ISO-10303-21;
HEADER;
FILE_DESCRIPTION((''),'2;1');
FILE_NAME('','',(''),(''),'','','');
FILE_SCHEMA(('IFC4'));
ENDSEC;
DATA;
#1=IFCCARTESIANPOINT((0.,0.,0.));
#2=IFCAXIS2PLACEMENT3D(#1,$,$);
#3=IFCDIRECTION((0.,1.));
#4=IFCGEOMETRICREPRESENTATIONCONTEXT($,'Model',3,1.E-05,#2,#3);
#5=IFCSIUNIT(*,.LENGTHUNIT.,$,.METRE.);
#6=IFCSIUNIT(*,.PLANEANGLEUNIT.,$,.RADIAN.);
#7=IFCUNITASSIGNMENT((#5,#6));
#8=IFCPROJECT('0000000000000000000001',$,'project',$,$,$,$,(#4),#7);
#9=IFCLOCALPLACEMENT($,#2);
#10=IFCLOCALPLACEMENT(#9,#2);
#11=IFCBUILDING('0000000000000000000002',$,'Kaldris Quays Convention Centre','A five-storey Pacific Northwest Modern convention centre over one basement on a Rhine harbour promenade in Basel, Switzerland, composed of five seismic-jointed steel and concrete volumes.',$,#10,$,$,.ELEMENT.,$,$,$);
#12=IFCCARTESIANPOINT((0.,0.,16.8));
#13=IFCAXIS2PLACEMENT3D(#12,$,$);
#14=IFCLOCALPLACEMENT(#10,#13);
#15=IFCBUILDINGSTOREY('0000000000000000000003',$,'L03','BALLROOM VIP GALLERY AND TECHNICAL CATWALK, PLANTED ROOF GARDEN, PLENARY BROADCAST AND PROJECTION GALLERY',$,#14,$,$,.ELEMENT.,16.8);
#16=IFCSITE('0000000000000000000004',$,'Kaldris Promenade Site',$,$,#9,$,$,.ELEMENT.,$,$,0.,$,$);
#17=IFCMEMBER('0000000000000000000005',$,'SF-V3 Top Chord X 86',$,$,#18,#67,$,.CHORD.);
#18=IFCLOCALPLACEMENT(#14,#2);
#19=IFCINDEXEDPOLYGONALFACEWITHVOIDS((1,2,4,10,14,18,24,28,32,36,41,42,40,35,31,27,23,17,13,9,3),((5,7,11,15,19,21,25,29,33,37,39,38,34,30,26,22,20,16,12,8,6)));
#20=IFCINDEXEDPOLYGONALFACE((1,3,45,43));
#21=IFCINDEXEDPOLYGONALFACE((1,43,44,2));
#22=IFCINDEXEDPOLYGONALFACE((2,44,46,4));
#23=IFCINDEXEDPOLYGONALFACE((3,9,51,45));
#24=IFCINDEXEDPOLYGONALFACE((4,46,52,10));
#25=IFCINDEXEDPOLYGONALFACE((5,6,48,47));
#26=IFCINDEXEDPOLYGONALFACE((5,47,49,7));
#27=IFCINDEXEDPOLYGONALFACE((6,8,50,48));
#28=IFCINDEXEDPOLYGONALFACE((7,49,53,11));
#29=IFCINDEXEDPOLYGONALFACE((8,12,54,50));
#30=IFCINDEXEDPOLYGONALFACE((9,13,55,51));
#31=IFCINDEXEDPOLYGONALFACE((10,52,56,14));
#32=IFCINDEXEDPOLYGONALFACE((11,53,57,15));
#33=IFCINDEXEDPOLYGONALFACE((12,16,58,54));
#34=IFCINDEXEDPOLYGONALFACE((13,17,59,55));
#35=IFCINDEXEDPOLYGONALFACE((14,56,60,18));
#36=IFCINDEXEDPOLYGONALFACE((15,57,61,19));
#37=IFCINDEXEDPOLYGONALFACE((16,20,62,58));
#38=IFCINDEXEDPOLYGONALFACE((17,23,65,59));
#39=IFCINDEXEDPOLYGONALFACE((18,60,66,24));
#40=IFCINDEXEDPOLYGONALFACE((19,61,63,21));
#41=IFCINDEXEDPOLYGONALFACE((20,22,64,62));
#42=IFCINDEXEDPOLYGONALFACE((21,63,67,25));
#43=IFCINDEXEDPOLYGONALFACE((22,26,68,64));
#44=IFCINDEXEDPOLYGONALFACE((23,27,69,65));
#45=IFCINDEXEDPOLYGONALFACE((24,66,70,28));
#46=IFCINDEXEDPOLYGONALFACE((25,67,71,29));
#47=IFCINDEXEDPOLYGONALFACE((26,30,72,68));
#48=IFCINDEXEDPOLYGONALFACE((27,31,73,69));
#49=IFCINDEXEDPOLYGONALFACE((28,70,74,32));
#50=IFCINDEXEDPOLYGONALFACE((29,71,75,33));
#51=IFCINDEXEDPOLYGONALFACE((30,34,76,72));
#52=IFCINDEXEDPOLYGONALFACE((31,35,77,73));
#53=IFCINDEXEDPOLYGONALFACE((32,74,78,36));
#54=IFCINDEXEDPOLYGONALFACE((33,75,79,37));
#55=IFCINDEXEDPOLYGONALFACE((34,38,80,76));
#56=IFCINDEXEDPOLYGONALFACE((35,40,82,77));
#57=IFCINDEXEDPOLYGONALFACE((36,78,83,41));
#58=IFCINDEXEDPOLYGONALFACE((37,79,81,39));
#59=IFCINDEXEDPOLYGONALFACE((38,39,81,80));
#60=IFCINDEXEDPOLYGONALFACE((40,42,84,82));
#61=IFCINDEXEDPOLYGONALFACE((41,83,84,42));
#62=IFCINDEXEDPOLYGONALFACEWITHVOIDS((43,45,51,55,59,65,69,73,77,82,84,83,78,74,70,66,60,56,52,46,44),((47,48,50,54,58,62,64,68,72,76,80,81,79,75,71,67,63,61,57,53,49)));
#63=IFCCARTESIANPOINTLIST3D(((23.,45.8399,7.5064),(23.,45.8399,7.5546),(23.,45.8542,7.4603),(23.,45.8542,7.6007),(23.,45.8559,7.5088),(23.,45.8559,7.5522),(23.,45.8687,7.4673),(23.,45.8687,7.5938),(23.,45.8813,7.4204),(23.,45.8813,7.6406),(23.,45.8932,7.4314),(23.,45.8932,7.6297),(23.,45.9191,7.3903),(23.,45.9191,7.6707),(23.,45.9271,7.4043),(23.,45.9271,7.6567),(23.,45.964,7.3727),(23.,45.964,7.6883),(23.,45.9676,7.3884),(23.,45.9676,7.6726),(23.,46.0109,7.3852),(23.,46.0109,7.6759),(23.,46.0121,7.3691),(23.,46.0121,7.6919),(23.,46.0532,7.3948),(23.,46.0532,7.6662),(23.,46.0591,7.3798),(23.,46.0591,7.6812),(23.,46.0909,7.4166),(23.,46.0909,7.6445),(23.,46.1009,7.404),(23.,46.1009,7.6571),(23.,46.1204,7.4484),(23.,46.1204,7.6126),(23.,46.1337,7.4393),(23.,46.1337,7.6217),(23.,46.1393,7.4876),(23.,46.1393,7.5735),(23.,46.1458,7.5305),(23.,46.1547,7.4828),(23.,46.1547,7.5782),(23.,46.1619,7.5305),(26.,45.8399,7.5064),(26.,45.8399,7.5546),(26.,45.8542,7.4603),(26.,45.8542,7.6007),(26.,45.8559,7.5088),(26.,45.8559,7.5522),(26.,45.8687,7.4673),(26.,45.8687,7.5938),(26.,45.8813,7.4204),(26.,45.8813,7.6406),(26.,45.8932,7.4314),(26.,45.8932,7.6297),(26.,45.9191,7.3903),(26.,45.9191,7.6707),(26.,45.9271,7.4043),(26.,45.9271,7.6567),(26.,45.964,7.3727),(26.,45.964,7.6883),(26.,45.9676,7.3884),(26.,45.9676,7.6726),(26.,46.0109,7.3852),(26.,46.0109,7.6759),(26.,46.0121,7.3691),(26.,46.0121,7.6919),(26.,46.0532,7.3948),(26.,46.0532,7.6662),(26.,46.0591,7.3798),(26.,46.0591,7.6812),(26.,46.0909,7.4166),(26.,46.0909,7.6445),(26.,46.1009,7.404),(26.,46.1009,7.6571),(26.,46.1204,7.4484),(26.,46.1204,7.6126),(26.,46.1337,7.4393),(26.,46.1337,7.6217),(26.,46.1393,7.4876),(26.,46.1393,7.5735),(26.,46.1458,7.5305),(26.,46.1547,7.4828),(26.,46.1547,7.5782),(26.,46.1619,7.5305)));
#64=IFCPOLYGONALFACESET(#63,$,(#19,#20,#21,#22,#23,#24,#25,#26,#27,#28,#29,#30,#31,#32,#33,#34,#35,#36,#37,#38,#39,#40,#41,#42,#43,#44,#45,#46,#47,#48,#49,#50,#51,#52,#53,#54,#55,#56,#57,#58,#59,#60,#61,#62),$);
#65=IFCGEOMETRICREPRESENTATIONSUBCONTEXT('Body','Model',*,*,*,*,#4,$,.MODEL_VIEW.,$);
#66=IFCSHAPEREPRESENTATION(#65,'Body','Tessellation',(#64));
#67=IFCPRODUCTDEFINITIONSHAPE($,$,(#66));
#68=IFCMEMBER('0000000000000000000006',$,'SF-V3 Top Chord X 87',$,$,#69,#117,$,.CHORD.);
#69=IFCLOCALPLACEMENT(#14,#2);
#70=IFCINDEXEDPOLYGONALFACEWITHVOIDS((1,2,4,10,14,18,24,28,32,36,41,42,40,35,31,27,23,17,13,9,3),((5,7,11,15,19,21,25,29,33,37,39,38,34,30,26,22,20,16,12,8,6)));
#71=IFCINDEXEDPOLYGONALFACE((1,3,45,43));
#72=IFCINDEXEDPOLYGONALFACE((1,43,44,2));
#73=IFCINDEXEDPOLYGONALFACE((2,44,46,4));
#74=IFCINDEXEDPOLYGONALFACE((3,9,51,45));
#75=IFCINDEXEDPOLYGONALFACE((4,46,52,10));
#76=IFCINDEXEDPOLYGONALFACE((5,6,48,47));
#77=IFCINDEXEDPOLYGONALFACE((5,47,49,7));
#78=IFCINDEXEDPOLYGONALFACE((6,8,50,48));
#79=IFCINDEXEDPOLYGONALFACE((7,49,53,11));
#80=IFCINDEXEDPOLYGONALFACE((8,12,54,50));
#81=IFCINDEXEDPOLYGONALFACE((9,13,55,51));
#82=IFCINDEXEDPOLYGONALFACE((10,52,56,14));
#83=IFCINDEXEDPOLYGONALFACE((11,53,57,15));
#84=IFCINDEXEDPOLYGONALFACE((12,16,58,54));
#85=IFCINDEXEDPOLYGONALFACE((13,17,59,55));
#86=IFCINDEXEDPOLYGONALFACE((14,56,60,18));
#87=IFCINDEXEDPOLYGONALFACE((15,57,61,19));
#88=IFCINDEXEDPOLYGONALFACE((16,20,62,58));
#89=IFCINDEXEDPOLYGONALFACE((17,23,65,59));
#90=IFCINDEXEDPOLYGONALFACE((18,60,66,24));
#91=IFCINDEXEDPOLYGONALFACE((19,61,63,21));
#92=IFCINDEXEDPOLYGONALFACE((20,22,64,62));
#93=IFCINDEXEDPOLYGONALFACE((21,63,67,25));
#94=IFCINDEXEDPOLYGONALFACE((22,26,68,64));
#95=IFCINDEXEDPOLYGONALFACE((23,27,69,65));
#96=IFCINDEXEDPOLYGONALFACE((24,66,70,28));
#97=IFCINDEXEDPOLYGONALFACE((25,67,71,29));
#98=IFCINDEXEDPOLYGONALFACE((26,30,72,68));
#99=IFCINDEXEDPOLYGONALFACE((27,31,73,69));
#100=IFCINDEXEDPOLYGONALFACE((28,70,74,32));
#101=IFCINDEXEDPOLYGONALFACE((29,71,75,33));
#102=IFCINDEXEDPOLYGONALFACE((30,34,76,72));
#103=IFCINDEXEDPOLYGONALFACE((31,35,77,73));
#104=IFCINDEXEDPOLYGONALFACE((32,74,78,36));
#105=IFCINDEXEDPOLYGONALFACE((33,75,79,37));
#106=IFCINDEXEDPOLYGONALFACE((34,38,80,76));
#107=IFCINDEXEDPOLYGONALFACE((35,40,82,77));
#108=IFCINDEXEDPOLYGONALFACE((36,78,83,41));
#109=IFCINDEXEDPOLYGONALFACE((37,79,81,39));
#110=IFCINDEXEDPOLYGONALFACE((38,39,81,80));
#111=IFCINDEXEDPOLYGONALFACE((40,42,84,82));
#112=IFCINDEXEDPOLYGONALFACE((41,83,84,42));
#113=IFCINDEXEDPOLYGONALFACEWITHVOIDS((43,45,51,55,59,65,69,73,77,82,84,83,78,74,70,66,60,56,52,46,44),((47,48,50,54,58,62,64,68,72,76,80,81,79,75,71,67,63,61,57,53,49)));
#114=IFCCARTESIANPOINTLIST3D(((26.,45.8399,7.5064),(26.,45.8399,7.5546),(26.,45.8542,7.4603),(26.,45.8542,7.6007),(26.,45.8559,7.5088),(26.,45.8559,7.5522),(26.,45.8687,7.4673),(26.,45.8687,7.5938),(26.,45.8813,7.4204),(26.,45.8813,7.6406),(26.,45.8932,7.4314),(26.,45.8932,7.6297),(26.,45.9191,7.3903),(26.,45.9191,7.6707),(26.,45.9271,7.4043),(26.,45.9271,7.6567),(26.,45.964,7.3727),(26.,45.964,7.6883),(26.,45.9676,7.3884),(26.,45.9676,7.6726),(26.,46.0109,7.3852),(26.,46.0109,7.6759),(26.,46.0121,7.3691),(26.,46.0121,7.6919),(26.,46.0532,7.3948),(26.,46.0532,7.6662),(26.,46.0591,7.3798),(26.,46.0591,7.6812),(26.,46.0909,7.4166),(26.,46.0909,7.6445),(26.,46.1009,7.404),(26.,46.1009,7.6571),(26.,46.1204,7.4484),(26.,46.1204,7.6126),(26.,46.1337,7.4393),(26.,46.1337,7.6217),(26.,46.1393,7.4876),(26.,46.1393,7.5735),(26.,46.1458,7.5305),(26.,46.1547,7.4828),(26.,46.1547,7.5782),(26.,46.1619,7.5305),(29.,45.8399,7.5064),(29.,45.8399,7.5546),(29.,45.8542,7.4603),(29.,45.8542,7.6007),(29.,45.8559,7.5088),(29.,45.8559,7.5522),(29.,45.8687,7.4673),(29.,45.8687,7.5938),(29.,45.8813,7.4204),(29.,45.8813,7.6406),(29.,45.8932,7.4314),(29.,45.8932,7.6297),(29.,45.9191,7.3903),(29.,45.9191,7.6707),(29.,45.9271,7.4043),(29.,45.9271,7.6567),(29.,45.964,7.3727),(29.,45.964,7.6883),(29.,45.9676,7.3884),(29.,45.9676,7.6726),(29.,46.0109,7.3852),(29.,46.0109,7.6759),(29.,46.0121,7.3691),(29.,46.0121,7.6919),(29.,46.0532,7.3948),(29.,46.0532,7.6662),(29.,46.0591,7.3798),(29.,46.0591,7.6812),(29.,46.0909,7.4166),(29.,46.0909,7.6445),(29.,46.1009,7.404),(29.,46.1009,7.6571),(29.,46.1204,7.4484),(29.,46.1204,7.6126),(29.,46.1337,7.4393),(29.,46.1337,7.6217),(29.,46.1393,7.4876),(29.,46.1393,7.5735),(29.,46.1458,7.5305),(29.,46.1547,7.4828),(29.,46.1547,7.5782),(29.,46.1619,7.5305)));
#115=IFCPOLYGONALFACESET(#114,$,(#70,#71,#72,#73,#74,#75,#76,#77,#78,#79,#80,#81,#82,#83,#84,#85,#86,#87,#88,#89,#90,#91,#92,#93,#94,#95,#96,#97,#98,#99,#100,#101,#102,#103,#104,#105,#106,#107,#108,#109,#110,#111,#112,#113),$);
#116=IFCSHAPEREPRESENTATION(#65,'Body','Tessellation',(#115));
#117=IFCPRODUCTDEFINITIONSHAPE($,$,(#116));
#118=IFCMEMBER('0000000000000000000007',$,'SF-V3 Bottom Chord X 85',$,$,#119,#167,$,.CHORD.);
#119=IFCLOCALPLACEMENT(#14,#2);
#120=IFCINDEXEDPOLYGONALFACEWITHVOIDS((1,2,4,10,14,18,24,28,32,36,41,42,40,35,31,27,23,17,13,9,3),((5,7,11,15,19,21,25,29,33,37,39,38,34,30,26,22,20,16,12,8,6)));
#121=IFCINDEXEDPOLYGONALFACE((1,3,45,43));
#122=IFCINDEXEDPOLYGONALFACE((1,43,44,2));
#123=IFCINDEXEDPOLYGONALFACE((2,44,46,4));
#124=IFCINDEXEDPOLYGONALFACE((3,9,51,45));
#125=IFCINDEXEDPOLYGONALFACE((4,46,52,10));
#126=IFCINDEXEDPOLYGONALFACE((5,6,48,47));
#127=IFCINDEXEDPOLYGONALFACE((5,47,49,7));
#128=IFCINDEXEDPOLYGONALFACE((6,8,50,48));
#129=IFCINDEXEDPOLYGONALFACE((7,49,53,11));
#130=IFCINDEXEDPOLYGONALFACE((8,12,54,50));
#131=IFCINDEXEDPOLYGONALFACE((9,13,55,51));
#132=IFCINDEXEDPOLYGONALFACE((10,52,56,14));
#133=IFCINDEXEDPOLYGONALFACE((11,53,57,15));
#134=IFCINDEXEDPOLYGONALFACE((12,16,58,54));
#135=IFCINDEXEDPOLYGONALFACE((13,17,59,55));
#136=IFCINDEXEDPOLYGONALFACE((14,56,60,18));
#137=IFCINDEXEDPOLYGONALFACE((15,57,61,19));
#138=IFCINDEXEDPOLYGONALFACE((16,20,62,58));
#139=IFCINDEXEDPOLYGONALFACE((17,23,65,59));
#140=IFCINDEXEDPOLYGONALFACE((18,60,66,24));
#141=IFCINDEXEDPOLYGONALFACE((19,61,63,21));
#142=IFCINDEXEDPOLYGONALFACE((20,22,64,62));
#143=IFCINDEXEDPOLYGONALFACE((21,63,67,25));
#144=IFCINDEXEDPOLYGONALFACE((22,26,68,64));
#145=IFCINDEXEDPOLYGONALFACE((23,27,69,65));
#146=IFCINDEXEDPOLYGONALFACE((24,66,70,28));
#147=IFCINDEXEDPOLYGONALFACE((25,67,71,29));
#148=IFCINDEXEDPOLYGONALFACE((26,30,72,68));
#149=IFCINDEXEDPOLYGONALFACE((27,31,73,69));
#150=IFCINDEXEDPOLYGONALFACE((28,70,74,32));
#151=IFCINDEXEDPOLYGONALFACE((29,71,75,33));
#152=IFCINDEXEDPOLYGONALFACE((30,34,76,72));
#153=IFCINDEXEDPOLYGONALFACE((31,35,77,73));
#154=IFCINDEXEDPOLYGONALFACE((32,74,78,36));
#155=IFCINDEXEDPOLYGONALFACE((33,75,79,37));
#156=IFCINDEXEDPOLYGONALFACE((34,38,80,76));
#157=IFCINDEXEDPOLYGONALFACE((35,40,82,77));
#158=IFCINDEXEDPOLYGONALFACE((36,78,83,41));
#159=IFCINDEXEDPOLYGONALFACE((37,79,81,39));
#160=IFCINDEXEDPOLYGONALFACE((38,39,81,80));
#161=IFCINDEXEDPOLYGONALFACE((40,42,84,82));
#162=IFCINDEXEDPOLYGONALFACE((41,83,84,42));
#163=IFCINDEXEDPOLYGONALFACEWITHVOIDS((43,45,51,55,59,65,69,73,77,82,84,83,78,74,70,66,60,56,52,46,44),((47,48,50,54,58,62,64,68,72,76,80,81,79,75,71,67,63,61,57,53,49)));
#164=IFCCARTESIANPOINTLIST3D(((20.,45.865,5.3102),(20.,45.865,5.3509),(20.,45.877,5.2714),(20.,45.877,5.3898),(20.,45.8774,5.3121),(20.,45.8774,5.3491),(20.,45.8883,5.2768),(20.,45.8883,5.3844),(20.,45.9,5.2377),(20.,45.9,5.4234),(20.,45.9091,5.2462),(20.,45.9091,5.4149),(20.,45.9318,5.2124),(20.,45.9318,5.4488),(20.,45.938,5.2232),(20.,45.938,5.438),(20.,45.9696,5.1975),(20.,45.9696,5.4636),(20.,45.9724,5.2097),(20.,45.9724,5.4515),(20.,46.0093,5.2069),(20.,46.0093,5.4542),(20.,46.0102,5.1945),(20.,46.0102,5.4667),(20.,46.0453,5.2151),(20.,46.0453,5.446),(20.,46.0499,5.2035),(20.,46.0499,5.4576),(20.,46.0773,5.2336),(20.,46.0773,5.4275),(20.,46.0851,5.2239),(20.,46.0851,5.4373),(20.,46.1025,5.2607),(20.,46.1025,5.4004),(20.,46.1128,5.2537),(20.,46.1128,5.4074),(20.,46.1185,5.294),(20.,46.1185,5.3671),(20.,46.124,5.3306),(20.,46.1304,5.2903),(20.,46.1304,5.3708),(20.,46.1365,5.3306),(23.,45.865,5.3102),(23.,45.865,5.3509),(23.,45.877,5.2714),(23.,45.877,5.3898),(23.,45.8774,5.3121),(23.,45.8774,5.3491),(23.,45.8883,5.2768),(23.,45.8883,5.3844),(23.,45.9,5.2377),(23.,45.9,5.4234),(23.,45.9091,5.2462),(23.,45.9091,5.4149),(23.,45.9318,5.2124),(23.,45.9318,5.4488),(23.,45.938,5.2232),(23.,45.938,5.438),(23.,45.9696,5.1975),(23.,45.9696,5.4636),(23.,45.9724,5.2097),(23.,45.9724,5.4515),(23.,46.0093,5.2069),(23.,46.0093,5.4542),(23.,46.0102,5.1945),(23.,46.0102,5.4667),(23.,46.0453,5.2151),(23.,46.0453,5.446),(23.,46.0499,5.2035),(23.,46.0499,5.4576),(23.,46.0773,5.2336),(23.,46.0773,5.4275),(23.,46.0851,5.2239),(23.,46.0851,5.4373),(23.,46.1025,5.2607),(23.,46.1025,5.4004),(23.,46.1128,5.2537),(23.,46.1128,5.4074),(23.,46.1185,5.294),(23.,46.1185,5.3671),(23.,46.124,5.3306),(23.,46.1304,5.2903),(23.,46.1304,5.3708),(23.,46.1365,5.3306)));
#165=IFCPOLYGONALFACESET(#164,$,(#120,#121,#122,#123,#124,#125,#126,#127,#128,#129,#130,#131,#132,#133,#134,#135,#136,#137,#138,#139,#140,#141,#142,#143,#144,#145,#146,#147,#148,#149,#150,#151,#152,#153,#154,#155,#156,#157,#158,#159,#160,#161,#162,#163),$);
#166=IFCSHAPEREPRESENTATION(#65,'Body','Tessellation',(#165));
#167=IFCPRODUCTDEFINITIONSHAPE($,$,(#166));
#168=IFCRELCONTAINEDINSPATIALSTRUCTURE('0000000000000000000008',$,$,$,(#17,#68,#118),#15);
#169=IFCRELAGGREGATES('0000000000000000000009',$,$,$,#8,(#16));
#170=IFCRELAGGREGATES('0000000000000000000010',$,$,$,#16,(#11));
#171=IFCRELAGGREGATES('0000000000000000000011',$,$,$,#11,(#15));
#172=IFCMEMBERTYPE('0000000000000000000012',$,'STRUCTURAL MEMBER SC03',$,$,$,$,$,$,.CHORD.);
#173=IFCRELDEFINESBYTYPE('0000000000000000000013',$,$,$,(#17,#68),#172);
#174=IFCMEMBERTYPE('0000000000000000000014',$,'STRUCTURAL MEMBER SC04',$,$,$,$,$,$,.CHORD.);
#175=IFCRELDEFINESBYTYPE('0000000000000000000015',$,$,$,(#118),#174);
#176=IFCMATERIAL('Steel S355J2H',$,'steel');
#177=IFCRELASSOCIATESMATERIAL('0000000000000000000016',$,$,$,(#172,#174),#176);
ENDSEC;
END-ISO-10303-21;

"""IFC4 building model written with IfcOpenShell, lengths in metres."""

from ifc_helpers import new_model, si_unit, direction, frame, origin, origin_2d, place, context, subcontext, project, spatial, hollow_circle, extrude, material, material_profile, profile_set, type_object, element, save


model = new_model("IFC4")

# Units and contexts
model_context = context("Model", 3, precision=1e-05, world=origin(), true_north=direction((0.0, 1.0)))
body_context = subcontext(model_context, "Body", "Model", "MODEL_VIEW")
ifc_project = project(units=[si_unit("LENGTHUNIT", "METRE"), si_unit("PLANEANGLEUNIT", "RADIAN")], contexts=[model_context])

# Site, building, storey
site_placement = place(None, origin())
site = spatial("IfcSite", under=ifc_project, at=site_placement, Name="Kaldris Promenade Site", CompositionType="ELEMENT", RefElevation=0.0)
building_placement = place(site_placement, origin())
building = spatial("IfcBuilding", under=site, at=building_placement, Name="Kaldris Quays Convention Centre", Description="A five-storey Pacific Northwest Modern convention centre over one basement on a Rhine harbour promenade in Basel, Switzerland, composed of five seismic-jointed steel and concrete volumes.", CompositionType="ELEMENT")
storey_placement = place(building_placement, frame((0.0, 0.0, 16.8)))
storey = spatial("IfcBuildingStorey", under=building, at=storey_placement, Name="L03", Description="BALLROOM VIP GALLERY AND TECHNICAL CATWALK, PLANTED ROOF GARDEN, PLENARY BROADCAST AND PROJECTION GALLERY", CompositionType="ELEMENT", Elevation=16.8)

# Members
ifc_material_1 = material(Name="Steel S355J2H", Category="steel")
ifc_material_profile_1 = material_profile(ifc_material_1, hollow_circle(Radius=0.1619, WallThickness=0.0161, at=origin_2d()), Name="CHS 323.9x16")
ifc_profile_set_1 = profile_set([ifc_material_profile_1], Name="Steel S355J2H")
member_type_1 = type_object("IfcMemberType", Name="STRUCTURAL MEMBER SC03", PredefinedType="CHORD", material=ifc_profile_set_1)
for number, where, z_axis, x_axis, name in (
    (1, (23.0, 46.0, 7.5305), (1.0, 0.0, 0.0), (0.0, 1.0, 0.0), "SF-V3 Top Chord X 86"),
    (2, (26.0, 46.0, 7.5305), (1.0, 0.0, 0.0), (0.0, 1.0, 0.0), "SF-V3 Top Chord X 87"),
):
    element("IfcMember", number, at=place(storey_placement, frame(where, z_axis=z_axis, x_axis=x_axis)), inside=storey, type_object=member_type_1, Name=name, PredefinedType="CHORD", context=body_context, shape_type="SweptSolid", body=[
        extrude(hollow_circle(Radius=0.1619, WallThickness=0.0161, at=origin_2d()), origin(), (0.0, 0.0, 1.0), 3.0),
    ])
ifc_material_profile_2 = material_profile(ifc_material_1, hollow_circle(Radius=0.1365, WallThickness=0.0125, at=origin_2d()), Name="CHS 273x12.5")
ifc_profile_set_2 = profile_set([ifc_material_profile_2], Name="Steel S355J2H")
member_type_2 = type_object("IfcMemberType", Name="STRUCTURAL MEMBER SC04", PredefinedType="CHORD", material=ifc_profile_set_2)
for number, where, z_axis, x_axis, name in (
    (3, (20.0, 46.0, 5.3306), (1.0, 0.0, 0.0), (0.0, 1.0, 0.0), "SF-V3 Bottom Chord X 85"),
):
    element("IfcMember", number, at=place(storey_placement, frame(where, z_axis=z_axis, x_axis=x_axis)), inside=storey, type_object=member_type_2, Name=name, PredefinedType="CHORD", context=body_context, shape_type="SweptSolid", body=[
        extrude(hollow_circle(Radius=0.1365, WallThickness=0.0125, at=origin_2d()), origin(), (0.0, 0.0, 1.0), 3.0),
    ])

save(model, "model.ifc")
